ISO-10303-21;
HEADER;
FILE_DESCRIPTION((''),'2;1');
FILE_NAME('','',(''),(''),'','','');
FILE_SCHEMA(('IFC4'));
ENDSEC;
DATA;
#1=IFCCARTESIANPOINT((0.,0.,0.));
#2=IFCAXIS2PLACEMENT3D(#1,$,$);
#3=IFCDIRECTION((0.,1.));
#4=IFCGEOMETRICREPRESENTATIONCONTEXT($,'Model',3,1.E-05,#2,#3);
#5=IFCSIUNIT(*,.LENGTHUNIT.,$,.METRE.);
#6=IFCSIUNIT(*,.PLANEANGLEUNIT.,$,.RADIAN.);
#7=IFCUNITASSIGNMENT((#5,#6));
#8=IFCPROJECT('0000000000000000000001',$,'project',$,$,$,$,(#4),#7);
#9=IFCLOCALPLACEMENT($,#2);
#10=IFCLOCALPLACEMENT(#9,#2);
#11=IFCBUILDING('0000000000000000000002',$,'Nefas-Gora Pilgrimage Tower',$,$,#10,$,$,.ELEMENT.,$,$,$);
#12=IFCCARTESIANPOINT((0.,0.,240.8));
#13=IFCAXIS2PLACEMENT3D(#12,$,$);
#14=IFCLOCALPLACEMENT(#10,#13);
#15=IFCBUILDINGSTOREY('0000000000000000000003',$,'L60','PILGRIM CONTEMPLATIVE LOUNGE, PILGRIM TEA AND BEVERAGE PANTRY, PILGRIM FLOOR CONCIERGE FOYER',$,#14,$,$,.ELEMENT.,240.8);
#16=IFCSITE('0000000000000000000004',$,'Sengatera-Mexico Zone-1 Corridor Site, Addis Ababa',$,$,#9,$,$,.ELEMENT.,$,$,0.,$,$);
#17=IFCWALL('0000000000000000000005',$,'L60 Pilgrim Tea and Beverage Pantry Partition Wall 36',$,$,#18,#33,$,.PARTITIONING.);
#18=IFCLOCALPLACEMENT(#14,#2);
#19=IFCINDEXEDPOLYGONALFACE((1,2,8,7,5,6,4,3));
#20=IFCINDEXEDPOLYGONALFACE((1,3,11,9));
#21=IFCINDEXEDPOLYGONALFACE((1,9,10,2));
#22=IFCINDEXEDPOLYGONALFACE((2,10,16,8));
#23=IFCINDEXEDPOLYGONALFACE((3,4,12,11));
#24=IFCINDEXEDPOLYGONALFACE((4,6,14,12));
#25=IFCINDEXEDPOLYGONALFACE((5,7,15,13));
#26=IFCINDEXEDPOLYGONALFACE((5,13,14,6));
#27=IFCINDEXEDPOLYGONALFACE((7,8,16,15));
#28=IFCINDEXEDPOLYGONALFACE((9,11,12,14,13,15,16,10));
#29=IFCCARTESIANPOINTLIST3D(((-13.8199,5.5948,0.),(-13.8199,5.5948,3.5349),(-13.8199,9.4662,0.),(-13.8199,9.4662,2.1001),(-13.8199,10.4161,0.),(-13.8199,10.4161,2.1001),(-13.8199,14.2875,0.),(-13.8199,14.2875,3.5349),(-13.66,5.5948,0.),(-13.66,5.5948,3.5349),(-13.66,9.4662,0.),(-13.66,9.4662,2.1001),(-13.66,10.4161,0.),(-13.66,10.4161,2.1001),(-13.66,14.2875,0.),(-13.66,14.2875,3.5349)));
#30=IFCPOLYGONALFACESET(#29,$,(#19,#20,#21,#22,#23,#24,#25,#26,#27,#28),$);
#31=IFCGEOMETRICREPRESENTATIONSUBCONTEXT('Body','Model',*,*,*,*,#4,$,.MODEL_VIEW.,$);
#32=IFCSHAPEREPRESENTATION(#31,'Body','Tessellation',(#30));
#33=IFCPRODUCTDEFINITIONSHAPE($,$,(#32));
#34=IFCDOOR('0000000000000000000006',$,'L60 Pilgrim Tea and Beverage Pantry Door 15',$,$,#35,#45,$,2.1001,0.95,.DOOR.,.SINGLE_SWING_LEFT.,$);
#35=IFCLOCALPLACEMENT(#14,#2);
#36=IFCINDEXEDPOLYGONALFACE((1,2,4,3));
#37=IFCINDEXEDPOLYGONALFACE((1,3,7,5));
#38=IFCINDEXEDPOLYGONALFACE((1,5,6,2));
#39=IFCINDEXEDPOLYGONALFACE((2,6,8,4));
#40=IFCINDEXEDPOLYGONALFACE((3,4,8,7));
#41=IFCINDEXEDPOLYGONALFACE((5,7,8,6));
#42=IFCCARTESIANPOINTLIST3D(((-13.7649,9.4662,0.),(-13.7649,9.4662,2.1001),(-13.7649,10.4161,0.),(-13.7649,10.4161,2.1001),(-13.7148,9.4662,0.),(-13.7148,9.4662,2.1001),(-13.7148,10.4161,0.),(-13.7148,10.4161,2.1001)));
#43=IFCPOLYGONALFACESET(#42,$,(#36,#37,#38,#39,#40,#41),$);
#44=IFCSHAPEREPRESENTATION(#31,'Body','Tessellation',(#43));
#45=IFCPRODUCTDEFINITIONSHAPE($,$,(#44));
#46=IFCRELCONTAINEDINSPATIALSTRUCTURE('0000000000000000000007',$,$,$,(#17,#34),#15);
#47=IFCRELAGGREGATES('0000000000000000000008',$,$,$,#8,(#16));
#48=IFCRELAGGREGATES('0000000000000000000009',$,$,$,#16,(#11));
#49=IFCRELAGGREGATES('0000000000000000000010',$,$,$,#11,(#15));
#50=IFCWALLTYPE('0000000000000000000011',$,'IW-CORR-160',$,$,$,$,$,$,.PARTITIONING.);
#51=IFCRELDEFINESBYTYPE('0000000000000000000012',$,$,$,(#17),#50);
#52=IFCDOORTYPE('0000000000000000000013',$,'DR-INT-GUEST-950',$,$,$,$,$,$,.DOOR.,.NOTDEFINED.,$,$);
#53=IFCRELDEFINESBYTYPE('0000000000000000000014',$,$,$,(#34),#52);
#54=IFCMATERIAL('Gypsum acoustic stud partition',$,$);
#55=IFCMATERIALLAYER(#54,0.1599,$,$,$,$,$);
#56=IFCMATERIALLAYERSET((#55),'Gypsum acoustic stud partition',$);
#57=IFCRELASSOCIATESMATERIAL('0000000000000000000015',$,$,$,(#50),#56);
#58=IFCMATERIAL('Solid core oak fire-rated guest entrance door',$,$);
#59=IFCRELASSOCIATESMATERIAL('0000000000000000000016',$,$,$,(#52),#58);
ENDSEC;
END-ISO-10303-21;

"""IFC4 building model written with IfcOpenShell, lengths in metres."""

from ifc_helpers import new_model, si_unit, direction, frame, frame_2d, origin, place, context, subcontext, project, spatial, rectangle, extrude, source, transform, mapped, material, layer, layer_set, type_object, element, fill, save


model = new_model("IFC4")

# Units and contexts
model_context = context("Model", 3, precision=1e-05, world=origin(), true_north=direction((0.0, 1.0)))
body_context = subcontext(model_context, "Body", "Model", "MODEL_VIEW")
ifc_project = project(units=[si_unit("LENGTHUNIT", "METRE"), si_unit("PLANEANGLEUNIT", "RADIAN")], contexts=[model_context])

# Site, building, storey
site_placement = place(None, origin())
site = spatial("IfcSite", under=ifc_project, at=site_placement, Name="Sengatera-Mexico Zone-1 Corridor Site, Addis Ababa", CompositionType="ELEMENT", RefElevation=0.0)
building_placement = place(site_placement, origin())
building = spatial("IfcBuilding", under=site, at=building_placement, Name="Nefas-Gora Pilgrimage Tower", CompositionType="ELEMENT")
storey_placement = place(building_placement, frame((0.0, 0.0, 240.8)))
storey = spatial("IfcBuildingStorey", under=building, at=storey_placement, Name="L60", Description="PILGRIM CONTEMPLATIVE LOUNGE, PILGRIM TEA AND BEVERAGE PANTRY, PILGRIM FLOOR CONCIERGE FOYER", CompositionType="ELEMENT", Elevation=240.8)

# Wall, opening, door
ifc_material_1 = material(Name="Gypsum acoustic stud partition")
ifc_layer_1 = layer(ifc_material_1, 0.1599)
ifc_layer_set_1 = layer_set([ifc_layer_1], Name="Gypsum acoustic stud partition")
wall_type_1 = type_object("IfcWallType", Name="IW-CORR-160", PredefinedType="PARTITIONING", material=ifc_layer_set_1)
shared_shape_1 = source(origin(), body_context, "Body", "SweptSolid", [
    extrude(rectangle(XDim=8.6926, YDim=0.1599, at=frame_2d((4.3462, 0.0))), origin(), (0.0, 0.0, 1.0), 3.5349),
])
wall_1_placement = place(storey_placement, frame((-13.74, 5.595, 0.0), z_axis=(0.0, 0.0, 1.0), x_axis=(0.0, 1.0, 0.0)))
wall_1 = element("IfcWall", 1, at=wall_1_placement, inside=storey, type_object=wall_type_1, Name="L60 Pilgrim Tea and Beverage Pantry Partition Wall 36", PredefinedType="PARTITIONING", context=body_context, shape_type="MappedRepresentation", body=[
    mapped(shared_shape_1, transform((0.0, 0.0, 0.0), x_axis=(1.0, 0.0, 0.0), y_axis=(0.0, 1.0, 0.0), z_axis=(0.0, 0.0, 1.0), scale=1.0)),
])
opening_placement = place(wall_1_placement, frame((3.8711, 0.0, 0.0)))
opening = element("IfcOpeningElement", 2, at=opening_placement, cuts=wall_1, PredefinedType="OPENING", context=body_context, shape_type="SweptSolid", body=[
    extrude(rectangle(XDim=0.95, YDim=2.1001, at=frame_2d((0.4751, 1.05))), frame((0.0, 0.0898, 0.0), z_axis=(0.0, -1.0, 0.0), x_axis=(1.0, 0.0, 0.0)), (0.0, 0.0, 1.0), 0.1799),
])
ifc_material_2 = material(Name="Solid core oak fire-rated guest entrance door")
door_type = type_object("IfcDoorType", Name="DR-INT-GUEST-950", OperationType="NOTDEFINED", PredefinedType="DOOR", material=ifc_material_2)
shared_shape_2 = source(origin(), body_context, "Body", "SweptSolid", [
    extrude(rectangle(XDim=0.95, YDim=2.1001, at=frame_2d((0.4751, 1.05))), frame((0.0, 0.0249, 0.0), z_axis=(0.0, -1.0, 0.0), x_axis=(1.0, 0.0, 0.0)), (0.0, 0.0, 1.0), 0.05),
])
door_placement = place(opening_placement, origin())
door = element("IfcDoor", 3, at=door_placement, inside=storey, type_object=door_type, Name="L60 Pilgrim Tea and Beverage Pantry Door 15", OperationType="SINGLE_SWING_LEFT", OverallHeight=2.1001, OverallWidth=0.95, PredefinedType="DOOR", context=body_context, shape_type="MappedRepresentation", body=[
    mapped(shared_shape_2, transform((0.0, 0.0, 0.0), x_axis=(1.0, 0.0, 0.0), y_axis=(0.0, 1.0, 0.0), z_axis=(0.0, 0.0, 1.0), scale=1.0)),
])
fill(opening, door)

save(model, "model.ifc")
